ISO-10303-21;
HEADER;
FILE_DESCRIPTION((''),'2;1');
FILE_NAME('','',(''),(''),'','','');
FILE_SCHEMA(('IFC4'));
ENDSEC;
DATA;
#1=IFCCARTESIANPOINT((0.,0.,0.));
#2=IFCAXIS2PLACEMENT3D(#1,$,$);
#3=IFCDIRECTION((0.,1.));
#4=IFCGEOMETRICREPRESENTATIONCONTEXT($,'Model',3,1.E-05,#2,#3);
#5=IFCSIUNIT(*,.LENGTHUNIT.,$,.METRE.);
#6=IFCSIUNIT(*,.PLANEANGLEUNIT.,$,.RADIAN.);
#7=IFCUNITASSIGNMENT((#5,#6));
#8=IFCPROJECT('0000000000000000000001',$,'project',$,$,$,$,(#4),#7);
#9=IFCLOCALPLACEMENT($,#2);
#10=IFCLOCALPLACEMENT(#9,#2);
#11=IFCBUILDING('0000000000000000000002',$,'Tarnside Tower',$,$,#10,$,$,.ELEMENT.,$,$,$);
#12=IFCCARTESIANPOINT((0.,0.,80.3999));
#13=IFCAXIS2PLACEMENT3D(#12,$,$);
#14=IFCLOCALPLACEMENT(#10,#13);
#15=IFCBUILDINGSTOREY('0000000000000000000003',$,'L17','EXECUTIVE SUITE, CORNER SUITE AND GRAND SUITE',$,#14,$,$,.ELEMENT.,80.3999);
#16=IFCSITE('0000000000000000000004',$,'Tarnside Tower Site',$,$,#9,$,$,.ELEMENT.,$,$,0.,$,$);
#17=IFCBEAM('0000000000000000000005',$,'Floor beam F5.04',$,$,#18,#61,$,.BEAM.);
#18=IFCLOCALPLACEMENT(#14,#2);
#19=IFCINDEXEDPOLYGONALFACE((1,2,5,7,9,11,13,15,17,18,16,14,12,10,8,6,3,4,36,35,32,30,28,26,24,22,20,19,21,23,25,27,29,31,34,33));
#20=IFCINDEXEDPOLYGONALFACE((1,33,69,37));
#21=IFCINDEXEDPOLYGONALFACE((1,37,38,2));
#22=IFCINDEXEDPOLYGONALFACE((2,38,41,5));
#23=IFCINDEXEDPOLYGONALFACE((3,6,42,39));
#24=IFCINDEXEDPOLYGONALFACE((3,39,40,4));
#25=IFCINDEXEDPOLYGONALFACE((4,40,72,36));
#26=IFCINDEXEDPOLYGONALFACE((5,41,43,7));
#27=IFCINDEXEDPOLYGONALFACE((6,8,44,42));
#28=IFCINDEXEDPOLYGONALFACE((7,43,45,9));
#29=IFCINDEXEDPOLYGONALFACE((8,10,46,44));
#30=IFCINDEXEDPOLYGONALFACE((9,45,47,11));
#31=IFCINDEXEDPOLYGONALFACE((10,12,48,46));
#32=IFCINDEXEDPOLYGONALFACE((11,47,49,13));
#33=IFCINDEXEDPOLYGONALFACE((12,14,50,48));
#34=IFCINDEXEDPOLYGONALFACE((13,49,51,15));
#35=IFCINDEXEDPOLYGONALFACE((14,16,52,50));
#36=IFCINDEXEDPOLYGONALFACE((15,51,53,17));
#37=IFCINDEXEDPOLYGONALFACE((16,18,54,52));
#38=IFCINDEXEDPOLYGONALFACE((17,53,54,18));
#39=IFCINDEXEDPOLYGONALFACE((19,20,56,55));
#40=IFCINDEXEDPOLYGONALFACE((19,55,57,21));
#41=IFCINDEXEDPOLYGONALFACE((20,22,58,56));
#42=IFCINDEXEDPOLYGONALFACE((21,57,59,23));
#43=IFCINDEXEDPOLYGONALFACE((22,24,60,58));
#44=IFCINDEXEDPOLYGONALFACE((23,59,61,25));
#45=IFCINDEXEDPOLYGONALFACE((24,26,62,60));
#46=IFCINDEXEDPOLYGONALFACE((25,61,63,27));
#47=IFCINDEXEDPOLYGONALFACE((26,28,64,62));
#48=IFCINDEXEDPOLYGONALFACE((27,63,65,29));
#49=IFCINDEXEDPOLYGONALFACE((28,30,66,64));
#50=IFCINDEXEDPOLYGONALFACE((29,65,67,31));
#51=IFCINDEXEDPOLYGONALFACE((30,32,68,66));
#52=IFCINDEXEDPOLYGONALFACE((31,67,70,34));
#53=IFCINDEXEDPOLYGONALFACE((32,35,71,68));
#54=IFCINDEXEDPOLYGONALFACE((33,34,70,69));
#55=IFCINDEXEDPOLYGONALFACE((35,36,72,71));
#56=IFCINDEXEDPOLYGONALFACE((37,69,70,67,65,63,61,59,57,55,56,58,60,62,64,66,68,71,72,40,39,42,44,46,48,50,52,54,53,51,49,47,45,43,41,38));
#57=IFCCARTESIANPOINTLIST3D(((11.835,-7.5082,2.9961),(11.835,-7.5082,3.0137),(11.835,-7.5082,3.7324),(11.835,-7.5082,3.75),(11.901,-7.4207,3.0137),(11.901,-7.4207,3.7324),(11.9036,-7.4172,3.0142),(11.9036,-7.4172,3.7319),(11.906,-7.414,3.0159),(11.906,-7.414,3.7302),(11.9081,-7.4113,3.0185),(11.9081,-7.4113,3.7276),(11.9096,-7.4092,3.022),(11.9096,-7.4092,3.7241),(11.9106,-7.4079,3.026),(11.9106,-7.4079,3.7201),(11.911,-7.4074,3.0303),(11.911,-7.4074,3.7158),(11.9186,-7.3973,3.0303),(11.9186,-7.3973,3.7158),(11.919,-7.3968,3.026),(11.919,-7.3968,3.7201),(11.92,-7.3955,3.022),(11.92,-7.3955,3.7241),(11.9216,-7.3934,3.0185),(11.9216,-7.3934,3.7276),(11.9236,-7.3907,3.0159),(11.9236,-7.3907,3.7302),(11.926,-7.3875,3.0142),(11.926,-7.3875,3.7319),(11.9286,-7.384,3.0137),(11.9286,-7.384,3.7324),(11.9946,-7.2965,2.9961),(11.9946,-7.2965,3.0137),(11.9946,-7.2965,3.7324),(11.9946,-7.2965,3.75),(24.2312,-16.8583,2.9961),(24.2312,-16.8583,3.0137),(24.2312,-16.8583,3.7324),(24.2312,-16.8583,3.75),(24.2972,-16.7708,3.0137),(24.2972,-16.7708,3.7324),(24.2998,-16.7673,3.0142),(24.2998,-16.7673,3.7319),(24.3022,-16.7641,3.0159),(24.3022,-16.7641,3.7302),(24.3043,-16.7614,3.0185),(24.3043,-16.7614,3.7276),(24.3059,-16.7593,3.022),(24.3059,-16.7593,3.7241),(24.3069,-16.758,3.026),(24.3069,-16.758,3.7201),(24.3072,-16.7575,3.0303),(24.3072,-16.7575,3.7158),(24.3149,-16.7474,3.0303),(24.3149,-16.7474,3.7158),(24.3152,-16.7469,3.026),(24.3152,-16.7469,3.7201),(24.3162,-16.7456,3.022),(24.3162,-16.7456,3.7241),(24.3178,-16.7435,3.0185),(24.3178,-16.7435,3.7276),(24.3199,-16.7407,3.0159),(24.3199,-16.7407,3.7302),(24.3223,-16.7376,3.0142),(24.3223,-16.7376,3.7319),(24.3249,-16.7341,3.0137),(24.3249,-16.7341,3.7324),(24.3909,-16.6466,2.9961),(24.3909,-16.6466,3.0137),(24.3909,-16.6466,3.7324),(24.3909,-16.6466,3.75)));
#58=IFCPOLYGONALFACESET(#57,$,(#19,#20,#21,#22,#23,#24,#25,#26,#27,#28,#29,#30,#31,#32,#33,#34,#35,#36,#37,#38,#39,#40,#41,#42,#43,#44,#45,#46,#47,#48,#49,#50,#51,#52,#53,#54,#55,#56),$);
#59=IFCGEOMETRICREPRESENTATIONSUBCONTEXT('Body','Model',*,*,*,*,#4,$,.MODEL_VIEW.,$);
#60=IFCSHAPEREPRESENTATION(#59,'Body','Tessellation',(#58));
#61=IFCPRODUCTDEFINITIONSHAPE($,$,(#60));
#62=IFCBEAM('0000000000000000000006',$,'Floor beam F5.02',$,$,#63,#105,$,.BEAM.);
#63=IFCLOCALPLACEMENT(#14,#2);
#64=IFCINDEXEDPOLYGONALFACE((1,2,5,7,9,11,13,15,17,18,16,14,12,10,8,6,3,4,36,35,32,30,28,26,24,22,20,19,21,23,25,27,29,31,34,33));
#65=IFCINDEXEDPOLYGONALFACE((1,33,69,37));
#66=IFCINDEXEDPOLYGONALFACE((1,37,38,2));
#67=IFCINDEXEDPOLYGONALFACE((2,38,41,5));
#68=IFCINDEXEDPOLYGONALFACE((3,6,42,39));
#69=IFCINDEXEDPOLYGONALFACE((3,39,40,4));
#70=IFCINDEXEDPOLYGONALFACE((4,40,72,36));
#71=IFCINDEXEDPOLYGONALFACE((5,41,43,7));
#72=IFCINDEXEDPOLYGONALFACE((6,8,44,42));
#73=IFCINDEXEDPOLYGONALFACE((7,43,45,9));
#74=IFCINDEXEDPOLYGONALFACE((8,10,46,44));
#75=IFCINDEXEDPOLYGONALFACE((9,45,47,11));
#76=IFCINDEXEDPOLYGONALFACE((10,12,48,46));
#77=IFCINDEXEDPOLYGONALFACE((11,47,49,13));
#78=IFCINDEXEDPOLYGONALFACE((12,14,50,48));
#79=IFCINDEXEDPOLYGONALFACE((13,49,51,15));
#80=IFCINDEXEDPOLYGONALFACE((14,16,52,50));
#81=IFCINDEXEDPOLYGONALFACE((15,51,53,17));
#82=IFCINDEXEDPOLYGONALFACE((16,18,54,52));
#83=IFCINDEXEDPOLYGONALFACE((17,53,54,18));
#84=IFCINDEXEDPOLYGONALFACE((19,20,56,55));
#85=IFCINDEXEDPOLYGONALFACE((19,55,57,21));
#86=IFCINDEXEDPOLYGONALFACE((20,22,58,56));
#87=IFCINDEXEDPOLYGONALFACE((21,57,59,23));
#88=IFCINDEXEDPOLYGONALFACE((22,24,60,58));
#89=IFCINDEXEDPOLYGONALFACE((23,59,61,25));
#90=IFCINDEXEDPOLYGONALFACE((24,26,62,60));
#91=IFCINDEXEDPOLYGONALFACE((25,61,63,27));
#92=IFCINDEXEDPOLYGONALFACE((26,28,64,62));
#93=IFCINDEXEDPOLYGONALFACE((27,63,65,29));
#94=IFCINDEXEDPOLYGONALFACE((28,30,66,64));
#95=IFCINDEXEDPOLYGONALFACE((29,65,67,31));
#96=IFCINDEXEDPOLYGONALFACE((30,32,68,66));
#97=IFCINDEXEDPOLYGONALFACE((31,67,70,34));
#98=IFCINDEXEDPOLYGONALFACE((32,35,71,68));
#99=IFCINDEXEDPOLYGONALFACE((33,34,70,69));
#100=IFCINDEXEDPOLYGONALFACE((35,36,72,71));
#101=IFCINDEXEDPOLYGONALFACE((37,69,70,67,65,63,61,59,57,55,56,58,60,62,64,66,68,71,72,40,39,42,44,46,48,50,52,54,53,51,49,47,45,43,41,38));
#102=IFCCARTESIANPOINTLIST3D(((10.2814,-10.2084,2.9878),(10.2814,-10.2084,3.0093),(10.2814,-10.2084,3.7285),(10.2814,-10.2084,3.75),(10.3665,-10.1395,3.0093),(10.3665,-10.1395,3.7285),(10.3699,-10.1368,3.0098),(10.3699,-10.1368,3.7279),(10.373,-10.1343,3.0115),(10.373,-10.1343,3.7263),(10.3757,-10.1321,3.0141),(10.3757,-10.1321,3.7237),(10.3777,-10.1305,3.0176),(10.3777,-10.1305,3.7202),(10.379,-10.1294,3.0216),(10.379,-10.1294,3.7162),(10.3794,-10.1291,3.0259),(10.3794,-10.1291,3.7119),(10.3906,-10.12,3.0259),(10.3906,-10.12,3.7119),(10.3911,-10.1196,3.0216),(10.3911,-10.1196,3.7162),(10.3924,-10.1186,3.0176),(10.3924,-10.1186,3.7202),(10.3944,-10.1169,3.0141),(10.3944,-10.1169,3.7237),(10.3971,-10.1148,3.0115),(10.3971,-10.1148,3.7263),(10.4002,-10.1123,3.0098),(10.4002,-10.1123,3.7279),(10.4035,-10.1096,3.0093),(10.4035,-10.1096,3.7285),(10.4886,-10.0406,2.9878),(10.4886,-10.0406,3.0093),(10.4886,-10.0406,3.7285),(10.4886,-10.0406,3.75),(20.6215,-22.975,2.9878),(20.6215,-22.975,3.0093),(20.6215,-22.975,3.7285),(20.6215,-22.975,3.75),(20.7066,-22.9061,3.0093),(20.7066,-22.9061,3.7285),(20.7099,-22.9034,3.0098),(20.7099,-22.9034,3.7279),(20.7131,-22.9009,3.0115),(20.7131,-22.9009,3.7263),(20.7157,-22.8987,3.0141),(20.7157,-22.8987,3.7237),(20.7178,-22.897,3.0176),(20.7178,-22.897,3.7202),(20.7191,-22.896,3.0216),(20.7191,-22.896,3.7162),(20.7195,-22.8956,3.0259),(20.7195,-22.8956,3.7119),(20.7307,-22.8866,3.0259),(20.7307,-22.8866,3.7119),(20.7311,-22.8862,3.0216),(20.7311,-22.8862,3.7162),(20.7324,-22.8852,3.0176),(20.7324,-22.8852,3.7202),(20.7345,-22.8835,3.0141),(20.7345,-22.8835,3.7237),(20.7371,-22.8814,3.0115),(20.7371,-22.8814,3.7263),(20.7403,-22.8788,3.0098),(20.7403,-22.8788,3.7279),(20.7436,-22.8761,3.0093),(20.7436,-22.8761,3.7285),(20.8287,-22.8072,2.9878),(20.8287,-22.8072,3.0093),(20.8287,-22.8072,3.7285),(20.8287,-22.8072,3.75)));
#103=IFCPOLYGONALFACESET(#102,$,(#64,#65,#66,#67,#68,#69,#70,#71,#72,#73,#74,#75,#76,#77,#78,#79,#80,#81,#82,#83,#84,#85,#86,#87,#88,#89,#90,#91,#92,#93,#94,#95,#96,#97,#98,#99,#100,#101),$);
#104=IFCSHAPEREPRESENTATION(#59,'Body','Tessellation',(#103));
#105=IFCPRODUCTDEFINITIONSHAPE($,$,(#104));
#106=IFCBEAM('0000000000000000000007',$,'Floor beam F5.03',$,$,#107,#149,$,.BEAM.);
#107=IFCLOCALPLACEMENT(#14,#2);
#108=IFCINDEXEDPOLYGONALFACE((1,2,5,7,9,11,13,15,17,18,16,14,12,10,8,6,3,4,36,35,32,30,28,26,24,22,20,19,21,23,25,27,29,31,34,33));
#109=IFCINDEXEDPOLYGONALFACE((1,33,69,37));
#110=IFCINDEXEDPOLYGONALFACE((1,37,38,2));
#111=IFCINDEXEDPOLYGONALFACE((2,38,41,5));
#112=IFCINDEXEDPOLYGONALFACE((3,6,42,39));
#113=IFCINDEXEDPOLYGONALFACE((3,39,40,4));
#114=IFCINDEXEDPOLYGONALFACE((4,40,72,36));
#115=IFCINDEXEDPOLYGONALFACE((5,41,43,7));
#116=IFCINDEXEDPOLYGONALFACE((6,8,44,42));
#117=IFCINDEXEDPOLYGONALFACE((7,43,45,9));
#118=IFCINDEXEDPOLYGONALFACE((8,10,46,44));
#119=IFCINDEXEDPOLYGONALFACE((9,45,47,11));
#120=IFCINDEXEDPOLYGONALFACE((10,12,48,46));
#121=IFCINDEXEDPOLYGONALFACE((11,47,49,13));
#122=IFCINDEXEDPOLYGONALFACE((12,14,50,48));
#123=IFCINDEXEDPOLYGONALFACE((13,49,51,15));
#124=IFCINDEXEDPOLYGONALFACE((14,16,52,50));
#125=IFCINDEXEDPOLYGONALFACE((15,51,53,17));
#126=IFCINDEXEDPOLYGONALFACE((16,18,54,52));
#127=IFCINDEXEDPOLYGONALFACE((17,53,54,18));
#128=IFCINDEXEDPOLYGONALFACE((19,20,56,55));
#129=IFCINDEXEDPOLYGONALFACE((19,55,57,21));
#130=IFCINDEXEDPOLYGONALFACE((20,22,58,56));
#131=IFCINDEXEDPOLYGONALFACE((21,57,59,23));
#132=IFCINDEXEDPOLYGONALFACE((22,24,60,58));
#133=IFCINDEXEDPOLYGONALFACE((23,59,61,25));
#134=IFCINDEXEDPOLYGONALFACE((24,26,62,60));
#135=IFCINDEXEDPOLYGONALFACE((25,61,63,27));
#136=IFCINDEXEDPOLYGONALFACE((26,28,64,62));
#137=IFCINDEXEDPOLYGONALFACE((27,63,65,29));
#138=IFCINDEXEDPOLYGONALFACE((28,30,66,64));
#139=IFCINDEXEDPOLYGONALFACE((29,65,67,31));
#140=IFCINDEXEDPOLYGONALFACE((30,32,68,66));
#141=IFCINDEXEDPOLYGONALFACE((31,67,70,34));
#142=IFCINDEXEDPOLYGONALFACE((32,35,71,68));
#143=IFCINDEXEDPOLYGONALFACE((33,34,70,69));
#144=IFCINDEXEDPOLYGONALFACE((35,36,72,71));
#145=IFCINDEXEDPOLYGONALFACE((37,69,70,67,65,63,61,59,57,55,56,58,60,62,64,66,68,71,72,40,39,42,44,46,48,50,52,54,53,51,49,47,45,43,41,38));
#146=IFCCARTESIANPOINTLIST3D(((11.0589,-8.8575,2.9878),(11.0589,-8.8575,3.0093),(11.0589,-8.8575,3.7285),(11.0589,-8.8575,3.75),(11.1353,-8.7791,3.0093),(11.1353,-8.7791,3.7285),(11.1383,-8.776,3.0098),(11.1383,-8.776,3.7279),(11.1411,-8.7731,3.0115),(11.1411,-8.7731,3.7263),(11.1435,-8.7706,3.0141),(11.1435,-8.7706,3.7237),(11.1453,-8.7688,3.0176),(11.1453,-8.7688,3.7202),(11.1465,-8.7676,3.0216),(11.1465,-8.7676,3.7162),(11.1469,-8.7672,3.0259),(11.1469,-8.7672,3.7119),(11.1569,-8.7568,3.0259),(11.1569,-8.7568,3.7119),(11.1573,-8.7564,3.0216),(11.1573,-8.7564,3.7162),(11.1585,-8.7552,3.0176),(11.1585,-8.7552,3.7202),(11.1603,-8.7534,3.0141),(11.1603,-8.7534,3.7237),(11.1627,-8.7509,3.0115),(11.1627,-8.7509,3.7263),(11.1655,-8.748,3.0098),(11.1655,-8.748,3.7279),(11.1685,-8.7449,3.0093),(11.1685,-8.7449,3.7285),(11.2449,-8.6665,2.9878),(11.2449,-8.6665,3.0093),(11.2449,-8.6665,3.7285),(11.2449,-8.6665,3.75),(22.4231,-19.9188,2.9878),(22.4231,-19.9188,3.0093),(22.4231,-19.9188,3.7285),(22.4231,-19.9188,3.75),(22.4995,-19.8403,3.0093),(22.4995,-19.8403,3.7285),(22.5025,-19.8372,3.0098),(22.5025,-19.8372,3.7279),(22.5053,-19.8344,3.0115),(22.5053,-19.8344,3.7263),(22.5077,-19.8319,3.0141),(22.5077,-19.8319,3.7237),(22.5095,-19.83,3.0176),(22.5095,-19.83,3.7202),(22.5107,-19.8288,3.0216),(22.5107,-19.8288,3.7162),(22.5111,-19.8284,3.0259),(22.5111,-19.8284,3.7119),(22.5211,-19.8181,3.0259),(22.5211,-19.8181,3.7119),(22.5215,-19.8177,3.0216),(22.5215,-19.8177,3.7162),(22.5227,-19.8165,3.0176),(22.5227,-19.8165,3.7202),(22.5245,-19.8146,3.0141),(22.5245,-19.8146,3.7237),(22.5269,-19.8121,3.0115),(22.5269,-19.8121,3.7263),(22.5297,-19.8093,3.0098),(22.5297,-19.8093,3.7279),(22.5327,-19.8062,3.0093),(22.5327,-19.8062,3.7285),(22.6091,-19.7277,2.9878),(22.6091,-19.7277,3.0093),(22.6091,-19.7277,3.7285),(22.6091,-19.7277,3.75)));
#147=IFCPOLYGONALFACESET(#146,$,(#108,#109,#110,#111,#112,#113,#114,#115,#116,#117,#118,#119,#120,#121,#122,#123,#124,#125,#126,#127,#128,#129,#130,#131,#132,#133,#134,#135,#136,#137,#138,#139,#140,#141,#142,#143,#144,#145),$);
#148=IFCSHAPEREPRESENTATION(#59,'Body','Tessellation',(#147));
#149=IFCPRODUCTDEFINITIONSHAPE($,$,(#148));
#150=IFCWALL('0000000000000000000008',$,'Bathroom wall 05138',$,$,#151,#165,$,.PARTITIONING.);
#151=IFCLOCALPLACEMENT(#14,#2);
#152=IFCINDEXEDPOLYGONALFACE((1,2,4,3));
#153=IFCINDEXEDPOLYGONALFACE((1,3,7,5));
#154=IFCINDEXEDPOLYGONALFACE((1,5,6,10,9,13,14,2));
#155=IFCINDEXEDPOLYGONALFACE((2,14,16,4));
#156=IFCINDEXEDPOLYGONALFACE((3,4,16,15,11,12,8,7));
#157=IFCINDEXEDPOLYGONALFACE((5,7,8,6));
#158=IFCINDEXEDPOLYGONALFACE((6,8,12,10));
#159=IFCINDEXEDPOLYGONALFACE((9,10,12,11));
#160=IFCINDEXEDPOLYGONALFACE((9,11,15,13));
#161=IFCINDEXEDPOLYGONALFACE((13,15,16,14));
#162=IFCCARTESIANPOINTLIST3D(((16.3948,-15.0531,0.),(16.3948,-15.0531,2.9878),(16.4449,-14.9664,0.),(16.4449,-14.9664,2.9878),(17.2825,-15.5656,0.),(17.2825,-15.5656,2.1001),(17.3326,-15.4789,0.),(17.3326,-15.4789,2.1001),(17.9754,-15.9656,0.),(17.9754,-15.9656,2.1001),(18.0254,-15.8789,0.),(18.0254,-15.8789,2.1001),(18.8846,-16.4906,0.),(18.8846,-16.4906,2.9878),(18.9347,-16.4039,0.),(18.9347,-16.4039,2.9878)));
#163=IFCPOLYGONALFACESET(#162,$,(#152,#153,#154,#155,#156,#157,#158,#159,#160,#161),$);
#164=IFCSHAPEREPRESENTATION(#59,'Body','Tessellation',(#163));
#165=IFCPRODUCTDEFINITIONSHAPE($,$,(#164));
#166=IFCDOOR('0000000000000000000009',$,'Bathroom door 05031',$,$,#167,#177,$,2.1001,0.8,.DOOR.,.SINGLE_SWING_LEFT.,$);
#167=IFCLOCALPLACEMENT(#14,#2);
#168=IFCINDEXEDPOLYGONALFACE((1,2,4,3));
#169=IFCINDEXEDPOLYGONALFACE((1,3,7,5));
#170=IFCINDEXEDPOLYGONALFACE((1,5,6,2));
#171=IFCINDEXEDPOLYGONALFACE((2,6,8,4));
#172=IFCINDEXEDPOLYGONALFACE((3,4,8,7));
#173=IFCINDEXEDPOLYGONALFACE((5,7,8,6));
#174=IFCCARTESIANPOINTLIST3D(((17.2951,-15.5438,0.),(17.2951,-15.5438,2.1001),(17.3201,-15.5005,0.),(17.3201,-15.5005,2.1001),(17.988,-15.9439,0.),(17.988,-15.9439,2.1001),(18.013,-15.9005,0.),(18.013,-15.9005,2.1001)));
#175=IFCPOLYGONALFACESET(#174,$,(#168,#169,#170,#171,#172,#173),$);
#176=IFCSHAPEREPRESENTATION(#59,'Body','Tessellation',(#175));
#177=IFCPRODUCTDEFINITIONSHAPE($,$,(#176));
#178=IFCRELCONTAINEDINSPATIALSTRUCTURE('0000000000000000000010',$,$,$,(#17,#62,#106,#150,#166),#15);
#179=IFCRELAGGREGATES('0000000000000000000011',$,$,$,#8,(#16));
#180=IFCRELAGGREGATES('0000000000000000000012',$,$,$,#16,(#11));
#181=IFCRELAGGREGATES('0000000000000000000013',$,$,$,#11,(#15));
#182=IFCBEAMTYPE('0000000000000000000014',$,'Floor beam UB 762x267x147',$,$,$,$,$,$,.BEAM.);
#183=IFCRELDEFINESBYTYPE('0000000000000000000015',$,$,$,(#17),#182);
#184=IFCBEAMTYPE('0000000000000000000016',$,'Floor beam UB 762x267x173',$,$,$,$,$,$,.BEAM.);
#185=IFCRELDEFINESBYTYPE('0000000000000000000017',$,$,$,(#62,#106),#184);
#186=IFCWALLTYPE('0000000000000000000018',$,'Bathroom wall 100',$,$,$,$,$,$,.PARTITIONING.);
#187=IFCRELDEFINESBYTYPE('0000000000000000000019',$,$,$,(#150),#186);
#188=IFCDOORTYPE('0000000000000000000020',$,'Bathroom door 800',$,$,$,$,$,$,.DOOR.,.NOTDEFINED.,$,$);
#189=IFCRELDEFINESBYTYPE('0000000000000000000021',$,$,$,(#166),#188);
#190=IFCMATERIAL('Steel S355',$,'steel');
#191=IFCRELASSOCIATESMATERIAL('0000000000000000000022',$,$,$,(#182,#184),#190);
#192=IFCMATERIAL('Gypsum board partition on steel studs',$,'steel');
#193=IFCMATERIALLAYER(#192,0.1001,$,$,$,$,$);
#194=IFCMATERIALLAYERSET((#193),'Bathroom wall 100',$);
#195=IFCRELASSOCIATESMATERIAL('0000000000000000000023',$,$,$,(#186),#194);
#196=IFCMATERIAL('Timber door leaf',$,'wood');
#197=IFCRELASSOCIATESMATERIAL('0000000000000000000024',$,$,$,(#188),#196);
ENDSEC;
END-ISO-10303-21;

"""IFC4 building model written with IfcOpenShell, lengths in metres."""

from ifc_helpers import new_model, si_unit, direction, frame, frame_2d, origin, origin_2d, place, context, subcontext, project, spatial, rectangle, i_section, extrude, material, layer, layer_set, material_profile, profile_set, type_object, element, fill, save


model = new_model("IFC4")

# Units and contexts
model_context = context("Model", 3, precision=1e-05, world=origin(), true_north=direction((0.0, 1.0)))
body_context = subcontext(model_context, "Body", "Model", "MODEL_VIEW")
ifc_project = project(units=[si_unit("LENGTHUNIT", "METRE"), si_unit("PLANEANGLEUNIT", "RADIAN")], contexts=[model_context])

# Site, building, storey
site_placement = place(None, origin())
site = spatial("IfcSite", under=ifc_project, at=site_placement, Name="Tarnside Tower Site", CompositionType="ELEMENT", RefElevation=0.0)
building_placement = place(site_placement, origin())
building = spatial("IfcBuilding", under=site, at=building_placement, Name="Tarnside Tower", CompositionType="ELEMENT")
storey_placement = place(building_placement, frame((0.0, 0.0, 80.3999)))
storey = spatial("IfcBuildingStorey", under=building, at=storey_placement, Name="L17", Description="EXECUTIVE SUITE, CORNER SUITE AND GRAND SUITE", CompositionType="ELEMENT", Elevation=80.3999)

# Beams
ifc_material_1 = material(Name="Steel S355", Category="steel")
ifc_material_profile_1 = material_profile(ifc_material_1, i_section(OverallWidth=0.2651, OverallDepth=0.7539, WebThickness=0.0127, FlangeThickness=0.0176, FilletRadius=0.0166, at=origin_2d()), Name="UB 762x267x147")
ifc_profile_set_1 = profile_set([ifc_material_profile_1], Name="Steel S355")
beam_type_1 = type_object("IfcBeamType", Name="Floor beam UB 762x267x147", PredefinedType="BEAM", material=ifc_profile_set_1)
beam_1_placement = place(storey_placement, frame((24.311, -16.7524, 3.373), z_axis=(-0.798361, 0.602179, 0.0), x_axis=(-0.602179, -0.798361, 0.0)))
element("IfcBeam", 1, at=beam_1_placement, inside=storey, type_object=beam_type_1, Name="Floor beam F5.04", PredefinedType="BEAM", context=body_context, shape_type="SweptSolid", body=[
    extrude(i_section(OverallWidth=0.2651, OverallDepth=0.7539, WebThickness=0.0127, FlangeThickness=0.0176, FilletRadius=0.0166, at=origin_2d()), origin(), (0.0, 0.0, 1.0), 15.5271),
])
ifc_material_profile_2 = material_profile(ifc_material_1, i_section(OverallWidth=0.2666, OverallDepth=0.7622, WebThickness=0.0144, FlangeThickness=0.0215, FilletRadius=0.0166, at=origin_2d()), Name="UB 762x267x173")
ifc_profile_set_2 = profile_set([ifc_material_profile_2], Name="Steel S355")
beam_type_2 = type_object("IfcBeamType", Name="Floor beam UB 762x267x173", PredefinedType="BEAM", material=ifc_profile_set_2)
beam_2_placement = place(storey_placement, frame((20.7251, -22.8911, 3.3689), z_axis=(-0.62939, 0.777089, 0.0), x_axis=(-0.777089, -0.62939, 0.0)))
element("IfcBeam", 2, at=beam_2_placement, inside=storey, type_object=beam_type_2, Name="Floor beam F5.02", PredefinedType="BEAM", context=body_context, shape_type="SweptSolid", body=[
    extrude(i_section(OverallWidth=0.2666, OverallDepth=0.7622, WebThickness=0.0144, FlangeThickness=0.0215, FilletRadius=0.0166, at=origin_2d()), origin(), (0.0, 0.0, 1.0), 16.4287),
])
beam_3_placement = place(storey_placement, frame((22.5161, -19.8232, 3.3689), z_axis=(-0.716595, 0.69749, 0.0), x_axis=(-0.69749, -0.716595, 0.0)))
element("IfcBeam", 3, at=beam_3_placement, inside=storey, type_object=beam_type_2, Name="Floor beam F5.03", PredefinedType="BEAM", context=body_context, shape_type="SweptSolid", body=[
    extrude(i_section(OverallWidth=0.2666, OverallDepth=0.7622, WebThickness=0.0144, FlangeThickness=0.0215, FilletRadius=0.0166, at=origin_2d()), origin(), (0.0, 0.0, 1.0), 15.8586),
])

# Wall, opening, door
ifc_material_2 = material(Name="Gypsum board partition on steel studs", Category="steel")
ifc_layer_1 = layer(ifc_material_2, 0.1001)
ifc_layer_set_1 = layer_set([ifc_layer_1], Name="Bathroom wall 100")
wall_type_1 = type_object("IfcWallType", Name="Bathroom wall 100", PredefinedType="PARTITIONING", material=ifc_layer_set_1)
wall_1_placement = place(storey_placement, frame((18.9097, -16.4473, 0.0), z_axis=(0.0, 0.0, 1.0), x_axis=(-0.866019, 0.500012, 0.0)))
wall_1 = element("IfcWall", 4, at=wall_1_placement, inside=storey, type_object=wall_type_1, Name="Bathroom wall 05138", PredefinedType="PARTITIONING", context=body_context, shape_type="SweptSolid", body=[
    extrude(rectangle(XDim=2.875, YDim=0.1001, at=frame_2d((1.4375, 0.0))), origin(), (0.0, 0.0, 1.0), 2.9878),
])
opening_placement = place(wall_1_placement, frame((1.05, 0.0, 0.0)))
opening = element("IfcOpeningElement", 5, at=opening_placement, cuts=wall_1, PredefinedType="OPENING", context=body_context, shape_type="SweptSolid", body=[
    extrude(rectangle(XDim=0.8, YDim=2.1001, at=frame_2d((0.3999, 1.05))), frame((0.0, 0.0601, 0.0), z_axis=(0.0, -1.0, 0.0), x_axis=(1.0, 0.0, 0.0)), (0.0, 0.0, 1.0), 0.1201),
])
ifc_material_3 = material(Name="Timber door leaf", Category="wood")
door_type = type_object("IfcDoorType", Name="Bathroom door 800", OperationType="NOTDEFINED", PredefinedType="DOOR", material=ifc_material_3)
door_placement = place(opening_placement, origin())
door = element("IfcDoor", 6, at=door_placement, inside=storey, type_object=door_type, Name="Bathroom door 05031", OperationType="SINGLE_SWING_LEFT", OverallHeight=2.1001, OverallWidth=0.8, PredefinedType="DOOR", context=body_context, shape_type="SweptSolid", body=[
    extrude(rectangle(XDim=0.8, YDim=2.1001, at=frame_2d((0.3999, 1.05))), frame((0.0, 0.0249, 0.0), z_axis=(0.0, -1.0, 0.0), x_axis=(1.0, 0.0, 0.0)), (0.0, 0.0, 1.0), 0.05),
])
fill(opening, door)

save(model, "model.ifc")
